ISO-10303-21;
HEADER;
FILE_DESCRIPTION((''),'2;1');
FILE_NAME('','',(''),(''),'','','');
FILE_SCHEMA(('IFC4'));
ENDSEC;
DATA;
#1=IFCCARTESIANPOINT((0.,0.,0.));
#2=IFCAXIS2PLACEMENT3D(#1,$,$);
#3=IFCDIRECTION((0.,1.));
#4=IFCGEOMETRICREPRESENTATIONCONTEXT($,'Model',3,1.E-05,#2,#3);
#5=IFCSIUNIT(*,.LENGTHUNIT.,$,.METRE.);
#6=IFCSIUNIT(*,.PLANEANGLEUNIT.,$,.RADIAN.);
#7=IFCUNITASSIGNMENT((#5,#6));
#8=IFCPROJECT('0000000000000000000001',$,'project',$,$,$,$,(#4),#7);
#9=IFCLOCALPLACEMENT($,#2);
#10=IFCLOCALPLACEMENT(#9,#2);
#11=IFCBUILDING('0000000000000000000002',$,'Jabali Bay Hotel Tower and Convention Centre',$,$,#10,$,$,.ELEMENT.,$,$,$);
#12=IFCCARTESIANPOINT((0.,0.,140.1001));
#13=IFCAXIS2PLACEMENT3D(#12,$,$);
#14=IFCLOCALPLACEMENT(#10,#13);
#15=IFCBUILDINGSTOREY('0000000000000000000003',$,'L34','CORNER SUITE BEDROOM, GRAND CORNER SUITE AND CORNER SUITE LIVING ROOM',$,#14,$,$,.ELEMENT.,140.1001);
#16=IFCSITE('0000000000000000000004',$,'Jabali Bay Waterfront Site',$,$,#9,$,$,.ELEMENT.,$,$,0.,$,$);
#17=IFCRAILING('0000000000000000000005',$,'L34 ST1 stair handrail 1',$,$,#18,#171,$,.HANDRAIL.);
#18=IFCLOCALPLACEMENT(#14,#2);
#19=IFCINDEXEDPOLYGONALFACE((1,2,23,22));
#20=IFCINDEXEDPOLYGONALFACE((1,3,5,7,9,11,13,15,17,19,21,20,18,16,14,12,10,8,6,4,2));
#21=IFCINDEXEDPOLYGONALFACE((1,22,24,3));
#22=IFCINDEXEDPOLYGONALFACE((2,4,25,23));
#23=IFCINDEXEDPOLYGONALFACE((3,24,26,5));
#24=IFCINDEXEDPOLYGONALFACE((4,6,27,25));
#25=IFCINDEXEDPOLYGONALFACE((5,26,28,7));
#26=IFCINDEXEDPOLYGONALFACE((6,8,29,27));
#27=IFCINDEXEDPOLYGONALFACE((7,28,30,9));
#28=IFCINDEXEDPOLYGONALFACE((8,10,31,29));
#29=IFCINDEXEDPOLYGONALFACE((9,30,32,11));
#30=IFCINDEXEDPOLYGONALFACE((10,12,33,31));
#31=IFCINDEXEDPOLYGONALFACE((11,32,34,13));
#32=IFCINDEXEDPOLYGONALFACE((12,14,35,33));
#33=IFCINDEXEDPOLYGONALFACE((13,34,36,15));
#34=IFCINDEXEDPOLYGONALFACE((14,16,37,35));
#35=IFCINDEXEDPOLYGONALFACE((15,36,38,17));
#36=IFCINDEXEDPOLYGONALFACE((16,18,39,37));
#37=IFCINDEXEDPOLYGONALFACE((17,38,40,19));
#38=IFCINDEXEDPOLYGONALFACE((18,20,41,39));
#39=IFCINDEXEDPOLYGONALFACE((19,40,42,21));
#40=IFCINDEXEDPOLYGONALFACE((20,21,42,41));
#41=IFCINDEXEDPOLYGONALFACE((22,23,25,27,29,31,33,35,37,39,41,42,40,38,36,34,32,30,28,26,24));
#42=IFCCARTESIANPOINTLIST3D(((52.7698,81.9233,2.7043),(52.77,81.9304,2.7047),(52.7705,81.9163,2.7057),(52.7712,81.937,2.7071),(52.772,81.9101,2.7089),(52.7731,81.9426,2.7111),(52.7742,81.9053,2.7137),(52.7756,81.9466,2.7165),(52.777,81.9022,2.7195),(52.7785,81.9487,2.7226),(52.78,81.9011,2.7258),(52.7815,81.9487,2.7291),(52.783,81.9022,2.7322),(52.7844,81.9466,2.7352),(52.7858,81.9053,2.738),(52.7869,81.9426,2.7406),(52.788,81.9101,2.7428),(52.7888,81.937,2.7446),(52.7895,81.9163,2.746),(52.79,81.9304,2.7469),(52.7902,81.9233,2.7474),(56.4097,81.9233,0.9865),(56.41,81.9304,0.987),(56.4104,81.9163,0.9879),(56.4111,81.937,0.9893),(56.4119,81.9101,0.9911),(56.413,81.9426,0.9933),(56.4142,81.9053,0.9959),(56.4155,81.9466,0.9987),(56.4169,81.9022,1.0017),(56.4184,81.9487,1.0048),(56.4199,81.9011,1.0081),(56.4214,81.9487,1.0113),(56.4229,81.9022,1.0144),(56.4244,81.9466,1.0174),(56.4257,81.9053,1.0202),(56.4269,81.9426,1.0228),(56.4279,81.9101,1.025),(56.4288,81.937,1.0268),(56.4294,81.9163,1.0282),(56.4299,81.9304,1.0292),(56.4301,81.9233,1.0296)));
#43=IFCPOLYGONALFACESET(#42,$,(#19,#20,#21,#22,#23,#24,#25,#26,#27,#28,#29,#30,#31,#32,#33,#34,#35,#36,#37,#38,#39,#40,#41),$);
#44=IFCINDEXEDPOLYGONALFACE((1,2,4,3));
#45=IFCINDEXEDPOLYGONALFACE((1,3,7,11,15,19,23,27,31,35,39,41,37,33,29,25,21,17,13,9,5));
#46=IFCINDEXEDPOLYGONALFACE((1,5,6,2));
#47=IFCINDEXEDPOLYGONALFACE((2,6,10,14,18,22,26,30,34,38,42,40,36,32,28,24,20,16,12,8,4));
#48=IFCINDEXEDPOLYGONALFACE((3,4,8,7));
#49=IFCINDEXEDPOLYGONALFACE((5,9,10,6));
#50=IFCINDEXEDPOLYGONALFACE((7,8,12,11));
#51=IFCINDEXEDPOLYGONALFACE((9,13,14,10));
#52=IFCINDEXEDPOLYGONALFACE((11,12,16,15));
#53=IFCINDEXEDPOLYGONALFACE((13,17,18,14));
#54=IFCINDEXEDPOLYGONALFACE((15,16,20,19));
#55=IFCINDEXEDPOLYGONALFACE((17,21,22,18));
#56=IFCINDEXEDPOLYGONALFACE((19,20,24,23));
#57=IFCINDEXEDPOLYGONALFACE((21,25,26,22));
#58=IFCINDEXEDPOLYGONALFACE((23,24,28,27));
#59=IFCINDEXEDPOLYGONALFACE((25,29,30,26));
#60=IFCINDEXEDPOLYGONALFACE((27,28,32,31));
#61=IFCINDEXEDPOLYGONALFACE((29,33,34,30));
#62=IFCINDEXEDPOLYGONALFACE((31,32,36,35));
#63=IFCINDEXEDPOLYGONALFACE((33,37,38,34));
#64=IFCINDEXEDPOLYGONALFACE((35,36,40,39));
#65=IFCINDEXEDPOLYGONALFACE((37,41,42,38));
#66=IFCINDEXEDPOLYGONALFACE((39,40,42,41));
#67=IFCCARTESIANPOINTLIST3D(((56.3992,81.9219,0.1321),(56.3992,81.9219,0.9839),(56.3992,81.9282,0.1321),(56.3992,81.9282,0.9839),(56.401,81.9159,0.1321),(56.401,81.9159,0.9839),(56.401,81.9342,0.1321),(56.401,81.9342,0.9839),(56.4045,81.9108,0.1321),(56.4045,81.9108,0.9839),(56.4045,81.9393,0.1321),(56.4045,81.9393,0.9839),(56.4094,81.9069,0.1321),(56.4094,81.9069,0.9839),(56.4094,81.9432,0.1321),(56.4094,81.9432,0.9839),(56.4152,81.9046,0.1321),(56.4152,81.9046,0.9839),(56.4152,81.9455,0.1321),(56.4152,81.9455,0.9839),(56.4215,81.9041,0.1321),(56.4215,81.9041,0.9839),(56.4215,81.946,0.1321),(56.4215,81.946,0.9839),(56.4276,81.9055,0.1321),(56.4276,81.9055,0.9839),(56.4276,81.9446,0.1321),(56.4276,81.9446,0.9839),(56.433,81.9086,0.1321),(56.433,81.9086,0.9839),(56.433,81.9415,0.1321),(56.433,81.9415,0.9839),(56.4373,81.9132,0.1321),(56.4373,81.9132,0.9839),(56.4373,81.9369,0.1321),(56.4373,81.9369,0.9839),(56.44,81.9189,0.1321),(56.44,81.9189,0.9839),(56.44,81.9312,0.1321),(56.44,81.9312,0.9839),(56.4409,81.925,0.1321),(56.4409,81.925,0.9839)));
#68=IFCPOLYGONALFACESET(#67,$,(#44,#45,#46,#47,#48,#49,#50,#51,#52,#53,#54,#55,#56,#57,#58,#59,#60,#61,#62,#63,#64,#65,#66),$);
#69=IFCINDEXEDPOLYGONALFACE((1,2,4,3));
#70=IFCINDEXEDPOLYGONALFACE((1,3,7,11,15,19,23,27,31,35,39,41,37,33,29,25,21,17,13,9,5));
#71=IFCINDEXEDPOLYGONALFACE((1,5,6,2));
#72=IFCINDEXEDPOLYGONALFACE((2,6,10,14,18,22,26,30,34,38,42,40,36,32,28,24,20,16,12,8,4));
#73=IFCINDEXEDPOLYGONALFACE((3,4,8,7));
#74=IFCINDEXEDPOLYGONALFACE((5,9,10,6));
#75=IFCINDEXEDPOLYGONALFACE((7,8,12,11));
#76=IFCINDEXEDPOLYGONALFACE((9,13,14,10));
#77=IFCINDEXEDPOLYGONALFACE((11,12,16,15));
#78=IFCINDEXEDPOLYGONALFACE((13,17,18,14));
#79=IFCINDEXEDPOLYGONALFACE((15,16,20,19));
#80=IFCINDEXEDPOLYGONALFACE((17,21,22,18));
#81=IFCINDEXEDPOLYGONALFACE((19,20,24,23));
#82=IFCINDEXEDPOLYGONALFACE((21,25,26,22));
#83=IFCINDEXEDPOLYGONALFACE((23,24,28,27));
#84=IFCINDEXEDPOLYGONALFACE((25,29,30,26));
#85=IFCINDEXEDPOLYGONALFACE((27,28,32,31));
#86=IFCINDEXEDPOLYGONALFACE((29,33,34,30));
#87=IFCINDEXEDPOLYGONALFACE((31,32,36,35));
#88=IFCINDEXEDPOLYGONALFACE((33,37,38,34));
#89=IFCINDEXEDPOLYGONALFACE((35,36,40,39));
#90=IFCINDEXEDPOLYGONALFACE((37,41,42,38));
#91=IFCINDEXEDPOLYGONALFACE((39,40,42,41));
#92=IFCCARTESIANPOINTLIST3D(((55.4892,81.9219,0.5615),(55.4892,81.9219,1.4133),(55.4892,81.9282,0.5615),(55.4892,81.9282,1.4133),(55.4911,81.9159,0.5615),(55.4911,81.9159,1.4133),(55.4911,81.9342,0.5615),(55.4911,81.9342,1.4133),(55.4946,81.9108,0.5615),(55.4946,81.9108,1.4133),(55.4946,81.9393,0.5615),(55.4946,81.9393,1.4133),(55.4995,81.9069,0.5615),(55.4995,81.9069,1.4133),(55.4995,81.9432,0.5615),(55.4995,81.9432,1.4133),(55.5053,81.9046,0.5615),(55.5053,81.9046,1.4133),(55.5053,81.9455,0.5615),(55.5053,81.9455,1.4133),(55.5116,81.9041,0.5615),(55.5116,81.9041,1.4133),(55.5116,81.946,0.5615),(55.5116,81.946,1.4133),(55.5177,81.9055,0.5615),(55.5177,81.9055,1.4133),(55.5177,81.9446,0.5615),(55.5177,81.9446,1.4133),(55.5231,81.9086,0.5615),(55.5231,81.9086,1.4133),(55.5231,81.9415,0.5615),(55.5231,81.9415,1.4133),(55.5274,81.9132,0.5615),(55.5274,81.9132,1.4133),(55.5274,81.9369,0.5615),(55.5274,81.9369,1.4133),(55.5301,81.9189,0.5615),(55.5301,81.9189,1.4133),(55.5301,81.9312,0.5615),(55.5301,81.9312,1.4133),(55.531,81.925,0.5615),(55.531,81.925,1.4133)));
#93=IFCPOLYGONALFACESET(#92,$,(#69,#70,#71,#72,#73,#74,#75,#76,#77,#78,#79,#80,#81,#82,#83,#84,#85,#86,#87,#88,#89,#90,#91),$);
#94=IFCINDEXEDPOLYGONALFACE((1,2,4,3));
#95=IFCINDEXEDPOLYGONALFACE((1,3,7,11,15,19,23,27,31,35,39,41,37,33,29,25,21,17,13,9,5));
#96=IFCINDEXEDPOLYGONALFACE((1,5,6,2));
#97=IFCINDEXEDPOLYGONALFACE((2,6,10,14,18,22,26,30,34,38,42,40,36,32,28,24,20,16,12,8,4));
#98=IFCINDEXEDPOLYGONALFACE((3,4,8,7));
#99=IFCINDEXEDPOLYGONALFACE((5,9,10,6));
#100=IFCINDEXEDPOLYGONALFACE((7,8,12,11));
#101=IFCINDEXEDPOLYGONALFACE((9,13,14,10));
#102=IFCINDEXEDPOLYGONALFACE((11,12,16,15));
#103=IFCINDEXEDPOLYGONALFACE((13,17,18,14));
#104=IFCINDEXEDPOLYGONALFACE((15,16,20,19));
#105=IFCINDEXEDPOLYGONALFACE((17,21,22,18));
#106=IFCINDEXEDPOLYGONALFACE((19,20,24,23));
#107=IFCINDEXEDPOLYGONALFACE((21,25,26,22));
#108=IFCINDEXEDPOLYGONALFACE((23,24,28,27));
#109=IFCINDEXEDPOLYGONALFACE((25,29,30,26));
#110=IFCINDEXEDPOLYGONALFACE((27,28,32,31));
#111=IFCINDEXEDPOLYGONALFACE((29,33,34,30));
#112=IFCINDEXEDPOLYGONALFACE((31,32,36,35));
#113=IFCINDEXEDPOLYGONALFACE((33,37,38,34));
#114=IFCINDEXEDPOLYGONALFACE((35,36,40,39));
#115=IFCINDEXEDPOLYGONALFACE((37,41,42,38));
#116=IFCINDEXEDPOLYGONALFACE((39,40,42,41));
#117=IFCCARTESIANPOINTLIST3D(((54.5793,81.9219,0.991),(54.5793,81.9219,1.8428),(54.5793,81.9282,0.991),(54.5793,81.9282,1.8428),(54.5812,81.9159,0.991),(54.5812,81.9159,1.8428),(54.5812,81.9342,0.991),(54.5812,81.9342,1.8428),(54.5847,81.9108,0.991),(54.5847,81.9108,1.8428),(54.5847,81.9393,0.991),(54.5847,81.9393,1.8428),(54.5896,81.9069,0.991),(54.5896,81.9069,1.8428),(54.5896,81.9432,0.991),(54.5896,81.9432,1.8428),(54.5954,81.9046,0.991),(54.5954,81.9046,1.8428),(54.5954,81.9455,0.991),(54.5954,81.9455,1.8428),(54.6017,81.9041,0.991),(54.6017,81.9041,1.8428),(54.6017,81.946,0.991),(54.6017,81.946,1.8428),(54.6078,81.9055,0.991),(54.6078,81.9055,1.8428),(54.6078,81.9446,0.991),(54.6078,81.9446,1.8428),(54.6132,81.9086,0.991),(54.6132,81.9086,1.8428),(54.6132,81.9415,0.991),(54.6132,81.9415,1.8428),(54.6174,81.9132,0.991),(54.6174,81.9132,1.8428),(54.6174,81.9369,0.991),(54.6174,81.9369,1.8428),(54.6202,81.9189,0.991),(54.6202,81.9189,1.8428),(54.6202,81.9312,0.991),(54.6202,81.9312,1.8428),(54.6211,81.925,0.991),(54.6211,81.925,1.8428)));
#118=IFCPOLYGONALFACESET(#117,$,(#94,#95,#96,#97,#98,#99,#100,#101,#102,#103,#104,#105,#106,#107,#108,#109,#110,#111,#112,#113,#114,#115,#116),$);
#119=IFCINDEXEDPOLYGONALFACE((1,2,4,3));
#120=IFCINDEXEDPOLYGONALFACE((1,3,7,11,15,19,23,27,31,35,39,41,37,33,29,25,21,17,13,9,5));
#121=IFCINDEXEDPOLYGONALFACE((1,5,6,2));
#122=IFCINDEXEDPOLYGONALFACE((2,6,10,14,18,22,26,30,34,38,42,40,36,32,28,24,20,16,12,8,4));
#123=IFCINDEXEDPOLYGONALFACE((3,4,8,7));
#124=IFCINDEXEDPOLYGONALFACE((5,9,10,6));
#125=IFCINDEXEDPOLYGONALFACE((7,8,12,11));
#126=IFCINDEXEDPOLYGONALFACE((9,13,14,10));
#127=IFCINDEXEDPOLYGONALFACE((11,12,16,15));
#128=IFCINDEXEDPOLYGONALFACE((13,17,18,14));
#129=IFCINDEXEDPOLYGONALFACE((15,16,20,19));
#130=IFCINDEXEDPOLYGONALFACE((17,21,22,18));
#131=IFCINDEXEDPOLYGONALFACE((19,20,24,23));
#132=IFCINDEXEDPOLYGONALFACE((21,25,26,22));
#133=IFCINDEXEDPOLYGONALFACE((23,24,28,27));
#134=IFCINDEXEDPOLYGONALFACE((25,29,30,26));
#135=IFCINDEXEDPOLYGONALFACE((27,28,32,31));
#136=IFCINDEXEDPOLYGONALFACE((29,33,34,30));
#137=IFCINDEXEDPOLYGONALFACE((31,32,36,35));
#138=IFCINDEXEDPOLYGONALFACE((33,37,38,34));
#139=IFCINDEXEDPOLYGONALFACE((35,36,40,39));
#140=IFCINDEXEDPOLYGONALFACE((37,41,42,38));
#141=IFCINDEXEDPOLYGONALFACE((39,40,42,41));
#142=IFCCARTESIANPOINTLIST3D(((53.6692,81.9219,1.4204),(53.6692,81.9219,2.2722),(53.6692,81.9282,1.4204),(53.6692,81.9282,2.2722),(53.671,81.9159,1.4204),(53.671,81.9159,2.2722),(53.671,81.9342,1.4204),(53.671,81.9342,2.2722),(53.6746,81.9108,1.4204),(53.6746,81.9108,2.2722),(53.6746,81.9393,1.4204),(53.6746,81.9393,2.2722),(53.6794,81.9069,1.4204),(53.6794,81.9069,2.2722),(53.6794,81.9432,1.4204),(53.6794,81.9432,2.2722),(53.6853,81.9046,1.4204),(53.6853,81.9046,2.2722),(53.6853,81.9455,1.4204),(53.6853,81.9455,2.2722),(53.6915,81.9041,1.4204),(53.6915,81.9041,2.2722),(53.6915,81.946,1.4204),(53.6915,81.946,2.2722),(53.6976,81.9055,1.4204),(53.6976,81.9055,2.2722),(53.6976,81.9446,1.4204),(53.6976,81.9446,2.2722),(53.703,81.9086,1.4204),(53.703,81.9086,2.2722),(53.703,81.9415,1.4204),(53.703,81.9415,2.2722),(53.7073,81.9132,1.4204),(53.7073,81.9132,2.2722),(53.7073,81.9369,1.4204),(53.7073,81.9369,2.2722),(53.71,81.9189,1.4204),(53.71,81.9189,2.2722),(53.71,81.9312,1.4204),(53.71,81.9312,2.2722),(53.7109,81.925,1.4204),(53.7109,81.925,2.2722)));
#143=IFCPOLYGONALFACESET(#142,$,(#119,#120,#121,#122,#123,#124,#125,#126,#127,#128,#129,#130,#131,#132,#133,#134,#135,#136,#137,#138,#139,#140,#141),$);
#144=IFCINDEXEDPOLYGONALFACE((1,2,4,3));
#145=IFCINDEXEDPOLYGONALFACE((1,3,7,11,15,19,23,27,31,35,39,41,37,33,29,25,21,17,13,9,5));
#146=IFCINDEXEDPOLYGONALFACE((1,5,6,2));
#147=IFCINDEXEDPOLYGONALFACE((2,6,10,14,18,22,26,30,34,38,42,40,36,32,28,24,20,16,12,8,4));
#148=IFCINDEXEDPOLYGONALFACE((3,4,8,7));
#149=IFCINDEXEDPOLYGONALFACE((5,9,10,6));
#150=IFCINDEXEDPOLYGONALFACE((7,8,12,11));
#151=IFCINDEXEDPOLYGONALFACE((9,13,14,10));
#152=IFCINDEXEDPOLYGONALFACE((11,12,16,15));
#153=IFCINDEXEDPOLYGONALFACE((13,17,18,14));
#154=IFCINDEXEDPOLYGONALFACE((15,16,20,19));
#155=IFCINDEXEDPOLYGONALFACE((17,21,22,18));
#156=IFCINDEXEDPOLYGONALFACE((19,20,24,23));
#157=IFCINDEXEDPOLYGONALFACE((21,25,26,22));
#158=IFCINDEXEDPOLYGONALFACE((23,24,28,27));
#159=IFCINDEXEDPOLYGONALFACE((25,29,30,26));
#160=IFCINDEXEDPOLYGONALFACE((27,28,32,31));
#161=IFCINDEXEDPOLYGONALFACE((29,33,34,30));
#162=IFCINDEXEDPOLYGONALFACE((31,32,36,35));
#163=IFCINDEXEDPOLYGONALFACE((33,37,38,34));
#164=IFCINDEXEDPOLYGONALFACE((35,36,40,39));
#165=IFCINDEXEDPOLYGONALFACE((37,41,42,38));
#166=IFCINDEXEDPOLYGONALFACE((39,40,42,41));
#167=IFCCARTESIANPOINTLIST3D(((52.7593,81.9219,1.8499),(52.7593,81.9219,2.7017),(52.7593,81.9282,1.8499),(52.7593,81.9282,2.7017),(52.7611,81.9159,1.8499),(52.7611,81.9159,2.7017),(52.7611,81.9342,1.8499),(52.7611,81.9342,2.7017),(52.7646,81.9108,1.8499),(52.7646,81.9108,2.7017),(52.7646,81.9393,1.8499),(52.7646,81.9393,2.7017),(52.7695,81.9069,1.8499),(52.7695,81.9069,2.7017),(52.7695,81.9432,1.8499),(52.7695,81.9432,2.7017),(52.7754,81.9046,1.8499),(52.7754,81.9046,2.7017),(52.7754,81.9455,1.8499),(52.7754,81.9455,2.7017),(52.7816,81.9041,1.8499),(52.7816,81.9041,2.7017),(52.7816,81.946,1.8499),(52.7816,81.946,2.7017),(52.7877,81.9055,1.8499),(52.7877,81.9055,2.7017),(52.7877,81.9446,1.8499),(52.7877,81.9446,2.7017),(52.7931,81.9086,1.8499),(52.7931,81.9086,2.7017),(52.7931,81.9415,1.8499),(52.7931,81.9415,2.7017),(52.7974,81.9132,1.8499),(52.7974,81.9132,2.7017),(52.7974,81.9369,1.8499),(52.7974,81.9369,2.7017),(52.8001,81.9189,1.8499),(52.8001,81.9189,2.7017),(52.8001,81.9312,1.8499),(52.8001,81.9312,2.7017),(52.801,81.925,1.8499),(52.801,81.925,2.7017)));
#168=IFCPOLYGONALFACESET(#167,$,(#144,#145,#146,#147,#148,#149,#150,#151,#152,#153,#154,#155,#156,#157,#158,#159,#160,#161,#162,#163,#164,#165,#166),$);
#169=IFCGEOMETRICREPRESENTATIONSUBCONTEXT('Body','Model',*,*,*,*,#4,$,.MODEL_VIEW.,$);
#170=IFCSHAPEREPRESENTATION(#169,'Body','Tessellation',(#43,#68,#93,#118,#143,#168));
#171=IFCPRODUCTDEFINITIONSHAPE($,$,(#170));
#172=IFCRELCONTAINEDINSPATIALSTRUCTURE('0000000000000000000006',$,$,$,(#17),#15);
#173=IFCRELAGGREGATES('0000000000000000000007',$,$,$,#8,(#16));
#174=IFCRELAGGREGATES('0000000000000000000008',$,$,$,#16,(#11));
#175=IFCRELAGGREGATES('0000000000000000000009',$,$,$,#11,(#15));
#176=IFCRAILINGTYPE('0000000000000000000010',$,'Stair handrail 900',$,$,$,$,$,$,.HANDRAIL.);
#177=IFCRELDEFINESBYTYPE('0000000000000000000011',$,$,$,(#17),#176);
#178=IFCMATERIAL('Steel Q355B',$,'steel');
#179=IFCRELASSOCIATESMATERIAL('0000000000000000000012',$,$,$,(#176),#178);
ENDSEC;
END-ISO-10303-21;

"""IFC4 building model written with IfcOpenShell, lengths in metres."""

from ifc_helpers import new_model, si_unit, direction, frame, origin, origin_2d, place, context, subcontext, project, spatial, circle, extrude, material, type_object, element, save


model = new_model("IFC4")

# Units and contexts
model_context = context("Model", 3, precision=1e-05, world=origin(), true_north=direction((0.0, 1.0)))
body_context = subcontext(model_context, "Body", "Model", "MODEL_VIEW")
ifc_project = project(units=[si_unit("LENGTHUNIT", "METRE"), si_unit("PLANEANGLEUNIT", "RADIAN")], contexts=[model_context])

# Site, building, storey
site_placement = place(None, origin())
site = spatial("IfcSite", under=ifc_project, at=site_placement, Name="Jabali Bay Waterfront Site", CompositionType="ELEMENT", RefElevation=0.0)
building_placement = place(site_placement, origin())
building = spatial("IfcBuilding", under=site, at=building_placement, Name="Jabali Bay Hotel Tower and Convention Centre", CompositionType="ELEMENT")
storey_placement = place(building_placement, frame((0.0, 0.0, 140.1001)))
storey = spatial("IfcBuildingStorey", under=building, at=storey_placement, Name="L34", Description="CORNER SUITE BEDROOM, GRAND CORNER SUITE AND CORNER SUITE LIVING ROOM", CompositionType="ELEMENT", Elevation=140.1001)

# Railing
ifc_material_1 = material(Name="Steel Q355B", Category="steel")
railing_type_1 = type_object("IfcRailingType", Name="Stair handrail 900", PredefinedType="HANDRAIL", material=ifc_material_1)
railing_1_placement = place(storey_placement, frame((56.4199, 81.925, 0.1321)))
element("IfcRailing", 1, at=railing_1_placement, inside=storey, type_object=railing_type_1, Name="L34 ST1 stair handrail 1", PredefinedType="HANDRAIL", context=body_context, shape_type="SweptSolid", body=[
    extrude(circle(Radius=0.0239, at=origin_2d()), frame((0.0, 0.0, 0.876), z_axis=(-0.904351, 0.0, 0.42679), x_axis=(0.0, -1.0, 0.0)), (0.0, 0.0, 1.0), 4.0249),
    extrude(circle(Radius=0.021, at=origin_2d()), origin(), (0.0, 0.0, 1.0), 0.8518),
    extrude(circle(Radius=0.021, at=origin_2d()), frame((-0.9099, 0.0, 0.4294)), (0.0, 0.0, 1.0), 0.8518),
    extrude(circle(Radius=0.021, at=origin_2d()), frame((-1.8198, 0.0, 0.8589)), (0.0, 0.0, 1.0), 0.8518),
    extrude(circle(Radius=0.021, at=origin_2d()), frame((-2.73, 0.0, 1.2883)), (0.0, 0.0, 1.0), 0.8518),
    extrude(circle(Radius=0.021, at=origin_2d()), frame((-3.6399, 0.0, 1.7178)), (0.0, 0.0, 1.0), 0.8518),
])

save(model, "model.ifc")
